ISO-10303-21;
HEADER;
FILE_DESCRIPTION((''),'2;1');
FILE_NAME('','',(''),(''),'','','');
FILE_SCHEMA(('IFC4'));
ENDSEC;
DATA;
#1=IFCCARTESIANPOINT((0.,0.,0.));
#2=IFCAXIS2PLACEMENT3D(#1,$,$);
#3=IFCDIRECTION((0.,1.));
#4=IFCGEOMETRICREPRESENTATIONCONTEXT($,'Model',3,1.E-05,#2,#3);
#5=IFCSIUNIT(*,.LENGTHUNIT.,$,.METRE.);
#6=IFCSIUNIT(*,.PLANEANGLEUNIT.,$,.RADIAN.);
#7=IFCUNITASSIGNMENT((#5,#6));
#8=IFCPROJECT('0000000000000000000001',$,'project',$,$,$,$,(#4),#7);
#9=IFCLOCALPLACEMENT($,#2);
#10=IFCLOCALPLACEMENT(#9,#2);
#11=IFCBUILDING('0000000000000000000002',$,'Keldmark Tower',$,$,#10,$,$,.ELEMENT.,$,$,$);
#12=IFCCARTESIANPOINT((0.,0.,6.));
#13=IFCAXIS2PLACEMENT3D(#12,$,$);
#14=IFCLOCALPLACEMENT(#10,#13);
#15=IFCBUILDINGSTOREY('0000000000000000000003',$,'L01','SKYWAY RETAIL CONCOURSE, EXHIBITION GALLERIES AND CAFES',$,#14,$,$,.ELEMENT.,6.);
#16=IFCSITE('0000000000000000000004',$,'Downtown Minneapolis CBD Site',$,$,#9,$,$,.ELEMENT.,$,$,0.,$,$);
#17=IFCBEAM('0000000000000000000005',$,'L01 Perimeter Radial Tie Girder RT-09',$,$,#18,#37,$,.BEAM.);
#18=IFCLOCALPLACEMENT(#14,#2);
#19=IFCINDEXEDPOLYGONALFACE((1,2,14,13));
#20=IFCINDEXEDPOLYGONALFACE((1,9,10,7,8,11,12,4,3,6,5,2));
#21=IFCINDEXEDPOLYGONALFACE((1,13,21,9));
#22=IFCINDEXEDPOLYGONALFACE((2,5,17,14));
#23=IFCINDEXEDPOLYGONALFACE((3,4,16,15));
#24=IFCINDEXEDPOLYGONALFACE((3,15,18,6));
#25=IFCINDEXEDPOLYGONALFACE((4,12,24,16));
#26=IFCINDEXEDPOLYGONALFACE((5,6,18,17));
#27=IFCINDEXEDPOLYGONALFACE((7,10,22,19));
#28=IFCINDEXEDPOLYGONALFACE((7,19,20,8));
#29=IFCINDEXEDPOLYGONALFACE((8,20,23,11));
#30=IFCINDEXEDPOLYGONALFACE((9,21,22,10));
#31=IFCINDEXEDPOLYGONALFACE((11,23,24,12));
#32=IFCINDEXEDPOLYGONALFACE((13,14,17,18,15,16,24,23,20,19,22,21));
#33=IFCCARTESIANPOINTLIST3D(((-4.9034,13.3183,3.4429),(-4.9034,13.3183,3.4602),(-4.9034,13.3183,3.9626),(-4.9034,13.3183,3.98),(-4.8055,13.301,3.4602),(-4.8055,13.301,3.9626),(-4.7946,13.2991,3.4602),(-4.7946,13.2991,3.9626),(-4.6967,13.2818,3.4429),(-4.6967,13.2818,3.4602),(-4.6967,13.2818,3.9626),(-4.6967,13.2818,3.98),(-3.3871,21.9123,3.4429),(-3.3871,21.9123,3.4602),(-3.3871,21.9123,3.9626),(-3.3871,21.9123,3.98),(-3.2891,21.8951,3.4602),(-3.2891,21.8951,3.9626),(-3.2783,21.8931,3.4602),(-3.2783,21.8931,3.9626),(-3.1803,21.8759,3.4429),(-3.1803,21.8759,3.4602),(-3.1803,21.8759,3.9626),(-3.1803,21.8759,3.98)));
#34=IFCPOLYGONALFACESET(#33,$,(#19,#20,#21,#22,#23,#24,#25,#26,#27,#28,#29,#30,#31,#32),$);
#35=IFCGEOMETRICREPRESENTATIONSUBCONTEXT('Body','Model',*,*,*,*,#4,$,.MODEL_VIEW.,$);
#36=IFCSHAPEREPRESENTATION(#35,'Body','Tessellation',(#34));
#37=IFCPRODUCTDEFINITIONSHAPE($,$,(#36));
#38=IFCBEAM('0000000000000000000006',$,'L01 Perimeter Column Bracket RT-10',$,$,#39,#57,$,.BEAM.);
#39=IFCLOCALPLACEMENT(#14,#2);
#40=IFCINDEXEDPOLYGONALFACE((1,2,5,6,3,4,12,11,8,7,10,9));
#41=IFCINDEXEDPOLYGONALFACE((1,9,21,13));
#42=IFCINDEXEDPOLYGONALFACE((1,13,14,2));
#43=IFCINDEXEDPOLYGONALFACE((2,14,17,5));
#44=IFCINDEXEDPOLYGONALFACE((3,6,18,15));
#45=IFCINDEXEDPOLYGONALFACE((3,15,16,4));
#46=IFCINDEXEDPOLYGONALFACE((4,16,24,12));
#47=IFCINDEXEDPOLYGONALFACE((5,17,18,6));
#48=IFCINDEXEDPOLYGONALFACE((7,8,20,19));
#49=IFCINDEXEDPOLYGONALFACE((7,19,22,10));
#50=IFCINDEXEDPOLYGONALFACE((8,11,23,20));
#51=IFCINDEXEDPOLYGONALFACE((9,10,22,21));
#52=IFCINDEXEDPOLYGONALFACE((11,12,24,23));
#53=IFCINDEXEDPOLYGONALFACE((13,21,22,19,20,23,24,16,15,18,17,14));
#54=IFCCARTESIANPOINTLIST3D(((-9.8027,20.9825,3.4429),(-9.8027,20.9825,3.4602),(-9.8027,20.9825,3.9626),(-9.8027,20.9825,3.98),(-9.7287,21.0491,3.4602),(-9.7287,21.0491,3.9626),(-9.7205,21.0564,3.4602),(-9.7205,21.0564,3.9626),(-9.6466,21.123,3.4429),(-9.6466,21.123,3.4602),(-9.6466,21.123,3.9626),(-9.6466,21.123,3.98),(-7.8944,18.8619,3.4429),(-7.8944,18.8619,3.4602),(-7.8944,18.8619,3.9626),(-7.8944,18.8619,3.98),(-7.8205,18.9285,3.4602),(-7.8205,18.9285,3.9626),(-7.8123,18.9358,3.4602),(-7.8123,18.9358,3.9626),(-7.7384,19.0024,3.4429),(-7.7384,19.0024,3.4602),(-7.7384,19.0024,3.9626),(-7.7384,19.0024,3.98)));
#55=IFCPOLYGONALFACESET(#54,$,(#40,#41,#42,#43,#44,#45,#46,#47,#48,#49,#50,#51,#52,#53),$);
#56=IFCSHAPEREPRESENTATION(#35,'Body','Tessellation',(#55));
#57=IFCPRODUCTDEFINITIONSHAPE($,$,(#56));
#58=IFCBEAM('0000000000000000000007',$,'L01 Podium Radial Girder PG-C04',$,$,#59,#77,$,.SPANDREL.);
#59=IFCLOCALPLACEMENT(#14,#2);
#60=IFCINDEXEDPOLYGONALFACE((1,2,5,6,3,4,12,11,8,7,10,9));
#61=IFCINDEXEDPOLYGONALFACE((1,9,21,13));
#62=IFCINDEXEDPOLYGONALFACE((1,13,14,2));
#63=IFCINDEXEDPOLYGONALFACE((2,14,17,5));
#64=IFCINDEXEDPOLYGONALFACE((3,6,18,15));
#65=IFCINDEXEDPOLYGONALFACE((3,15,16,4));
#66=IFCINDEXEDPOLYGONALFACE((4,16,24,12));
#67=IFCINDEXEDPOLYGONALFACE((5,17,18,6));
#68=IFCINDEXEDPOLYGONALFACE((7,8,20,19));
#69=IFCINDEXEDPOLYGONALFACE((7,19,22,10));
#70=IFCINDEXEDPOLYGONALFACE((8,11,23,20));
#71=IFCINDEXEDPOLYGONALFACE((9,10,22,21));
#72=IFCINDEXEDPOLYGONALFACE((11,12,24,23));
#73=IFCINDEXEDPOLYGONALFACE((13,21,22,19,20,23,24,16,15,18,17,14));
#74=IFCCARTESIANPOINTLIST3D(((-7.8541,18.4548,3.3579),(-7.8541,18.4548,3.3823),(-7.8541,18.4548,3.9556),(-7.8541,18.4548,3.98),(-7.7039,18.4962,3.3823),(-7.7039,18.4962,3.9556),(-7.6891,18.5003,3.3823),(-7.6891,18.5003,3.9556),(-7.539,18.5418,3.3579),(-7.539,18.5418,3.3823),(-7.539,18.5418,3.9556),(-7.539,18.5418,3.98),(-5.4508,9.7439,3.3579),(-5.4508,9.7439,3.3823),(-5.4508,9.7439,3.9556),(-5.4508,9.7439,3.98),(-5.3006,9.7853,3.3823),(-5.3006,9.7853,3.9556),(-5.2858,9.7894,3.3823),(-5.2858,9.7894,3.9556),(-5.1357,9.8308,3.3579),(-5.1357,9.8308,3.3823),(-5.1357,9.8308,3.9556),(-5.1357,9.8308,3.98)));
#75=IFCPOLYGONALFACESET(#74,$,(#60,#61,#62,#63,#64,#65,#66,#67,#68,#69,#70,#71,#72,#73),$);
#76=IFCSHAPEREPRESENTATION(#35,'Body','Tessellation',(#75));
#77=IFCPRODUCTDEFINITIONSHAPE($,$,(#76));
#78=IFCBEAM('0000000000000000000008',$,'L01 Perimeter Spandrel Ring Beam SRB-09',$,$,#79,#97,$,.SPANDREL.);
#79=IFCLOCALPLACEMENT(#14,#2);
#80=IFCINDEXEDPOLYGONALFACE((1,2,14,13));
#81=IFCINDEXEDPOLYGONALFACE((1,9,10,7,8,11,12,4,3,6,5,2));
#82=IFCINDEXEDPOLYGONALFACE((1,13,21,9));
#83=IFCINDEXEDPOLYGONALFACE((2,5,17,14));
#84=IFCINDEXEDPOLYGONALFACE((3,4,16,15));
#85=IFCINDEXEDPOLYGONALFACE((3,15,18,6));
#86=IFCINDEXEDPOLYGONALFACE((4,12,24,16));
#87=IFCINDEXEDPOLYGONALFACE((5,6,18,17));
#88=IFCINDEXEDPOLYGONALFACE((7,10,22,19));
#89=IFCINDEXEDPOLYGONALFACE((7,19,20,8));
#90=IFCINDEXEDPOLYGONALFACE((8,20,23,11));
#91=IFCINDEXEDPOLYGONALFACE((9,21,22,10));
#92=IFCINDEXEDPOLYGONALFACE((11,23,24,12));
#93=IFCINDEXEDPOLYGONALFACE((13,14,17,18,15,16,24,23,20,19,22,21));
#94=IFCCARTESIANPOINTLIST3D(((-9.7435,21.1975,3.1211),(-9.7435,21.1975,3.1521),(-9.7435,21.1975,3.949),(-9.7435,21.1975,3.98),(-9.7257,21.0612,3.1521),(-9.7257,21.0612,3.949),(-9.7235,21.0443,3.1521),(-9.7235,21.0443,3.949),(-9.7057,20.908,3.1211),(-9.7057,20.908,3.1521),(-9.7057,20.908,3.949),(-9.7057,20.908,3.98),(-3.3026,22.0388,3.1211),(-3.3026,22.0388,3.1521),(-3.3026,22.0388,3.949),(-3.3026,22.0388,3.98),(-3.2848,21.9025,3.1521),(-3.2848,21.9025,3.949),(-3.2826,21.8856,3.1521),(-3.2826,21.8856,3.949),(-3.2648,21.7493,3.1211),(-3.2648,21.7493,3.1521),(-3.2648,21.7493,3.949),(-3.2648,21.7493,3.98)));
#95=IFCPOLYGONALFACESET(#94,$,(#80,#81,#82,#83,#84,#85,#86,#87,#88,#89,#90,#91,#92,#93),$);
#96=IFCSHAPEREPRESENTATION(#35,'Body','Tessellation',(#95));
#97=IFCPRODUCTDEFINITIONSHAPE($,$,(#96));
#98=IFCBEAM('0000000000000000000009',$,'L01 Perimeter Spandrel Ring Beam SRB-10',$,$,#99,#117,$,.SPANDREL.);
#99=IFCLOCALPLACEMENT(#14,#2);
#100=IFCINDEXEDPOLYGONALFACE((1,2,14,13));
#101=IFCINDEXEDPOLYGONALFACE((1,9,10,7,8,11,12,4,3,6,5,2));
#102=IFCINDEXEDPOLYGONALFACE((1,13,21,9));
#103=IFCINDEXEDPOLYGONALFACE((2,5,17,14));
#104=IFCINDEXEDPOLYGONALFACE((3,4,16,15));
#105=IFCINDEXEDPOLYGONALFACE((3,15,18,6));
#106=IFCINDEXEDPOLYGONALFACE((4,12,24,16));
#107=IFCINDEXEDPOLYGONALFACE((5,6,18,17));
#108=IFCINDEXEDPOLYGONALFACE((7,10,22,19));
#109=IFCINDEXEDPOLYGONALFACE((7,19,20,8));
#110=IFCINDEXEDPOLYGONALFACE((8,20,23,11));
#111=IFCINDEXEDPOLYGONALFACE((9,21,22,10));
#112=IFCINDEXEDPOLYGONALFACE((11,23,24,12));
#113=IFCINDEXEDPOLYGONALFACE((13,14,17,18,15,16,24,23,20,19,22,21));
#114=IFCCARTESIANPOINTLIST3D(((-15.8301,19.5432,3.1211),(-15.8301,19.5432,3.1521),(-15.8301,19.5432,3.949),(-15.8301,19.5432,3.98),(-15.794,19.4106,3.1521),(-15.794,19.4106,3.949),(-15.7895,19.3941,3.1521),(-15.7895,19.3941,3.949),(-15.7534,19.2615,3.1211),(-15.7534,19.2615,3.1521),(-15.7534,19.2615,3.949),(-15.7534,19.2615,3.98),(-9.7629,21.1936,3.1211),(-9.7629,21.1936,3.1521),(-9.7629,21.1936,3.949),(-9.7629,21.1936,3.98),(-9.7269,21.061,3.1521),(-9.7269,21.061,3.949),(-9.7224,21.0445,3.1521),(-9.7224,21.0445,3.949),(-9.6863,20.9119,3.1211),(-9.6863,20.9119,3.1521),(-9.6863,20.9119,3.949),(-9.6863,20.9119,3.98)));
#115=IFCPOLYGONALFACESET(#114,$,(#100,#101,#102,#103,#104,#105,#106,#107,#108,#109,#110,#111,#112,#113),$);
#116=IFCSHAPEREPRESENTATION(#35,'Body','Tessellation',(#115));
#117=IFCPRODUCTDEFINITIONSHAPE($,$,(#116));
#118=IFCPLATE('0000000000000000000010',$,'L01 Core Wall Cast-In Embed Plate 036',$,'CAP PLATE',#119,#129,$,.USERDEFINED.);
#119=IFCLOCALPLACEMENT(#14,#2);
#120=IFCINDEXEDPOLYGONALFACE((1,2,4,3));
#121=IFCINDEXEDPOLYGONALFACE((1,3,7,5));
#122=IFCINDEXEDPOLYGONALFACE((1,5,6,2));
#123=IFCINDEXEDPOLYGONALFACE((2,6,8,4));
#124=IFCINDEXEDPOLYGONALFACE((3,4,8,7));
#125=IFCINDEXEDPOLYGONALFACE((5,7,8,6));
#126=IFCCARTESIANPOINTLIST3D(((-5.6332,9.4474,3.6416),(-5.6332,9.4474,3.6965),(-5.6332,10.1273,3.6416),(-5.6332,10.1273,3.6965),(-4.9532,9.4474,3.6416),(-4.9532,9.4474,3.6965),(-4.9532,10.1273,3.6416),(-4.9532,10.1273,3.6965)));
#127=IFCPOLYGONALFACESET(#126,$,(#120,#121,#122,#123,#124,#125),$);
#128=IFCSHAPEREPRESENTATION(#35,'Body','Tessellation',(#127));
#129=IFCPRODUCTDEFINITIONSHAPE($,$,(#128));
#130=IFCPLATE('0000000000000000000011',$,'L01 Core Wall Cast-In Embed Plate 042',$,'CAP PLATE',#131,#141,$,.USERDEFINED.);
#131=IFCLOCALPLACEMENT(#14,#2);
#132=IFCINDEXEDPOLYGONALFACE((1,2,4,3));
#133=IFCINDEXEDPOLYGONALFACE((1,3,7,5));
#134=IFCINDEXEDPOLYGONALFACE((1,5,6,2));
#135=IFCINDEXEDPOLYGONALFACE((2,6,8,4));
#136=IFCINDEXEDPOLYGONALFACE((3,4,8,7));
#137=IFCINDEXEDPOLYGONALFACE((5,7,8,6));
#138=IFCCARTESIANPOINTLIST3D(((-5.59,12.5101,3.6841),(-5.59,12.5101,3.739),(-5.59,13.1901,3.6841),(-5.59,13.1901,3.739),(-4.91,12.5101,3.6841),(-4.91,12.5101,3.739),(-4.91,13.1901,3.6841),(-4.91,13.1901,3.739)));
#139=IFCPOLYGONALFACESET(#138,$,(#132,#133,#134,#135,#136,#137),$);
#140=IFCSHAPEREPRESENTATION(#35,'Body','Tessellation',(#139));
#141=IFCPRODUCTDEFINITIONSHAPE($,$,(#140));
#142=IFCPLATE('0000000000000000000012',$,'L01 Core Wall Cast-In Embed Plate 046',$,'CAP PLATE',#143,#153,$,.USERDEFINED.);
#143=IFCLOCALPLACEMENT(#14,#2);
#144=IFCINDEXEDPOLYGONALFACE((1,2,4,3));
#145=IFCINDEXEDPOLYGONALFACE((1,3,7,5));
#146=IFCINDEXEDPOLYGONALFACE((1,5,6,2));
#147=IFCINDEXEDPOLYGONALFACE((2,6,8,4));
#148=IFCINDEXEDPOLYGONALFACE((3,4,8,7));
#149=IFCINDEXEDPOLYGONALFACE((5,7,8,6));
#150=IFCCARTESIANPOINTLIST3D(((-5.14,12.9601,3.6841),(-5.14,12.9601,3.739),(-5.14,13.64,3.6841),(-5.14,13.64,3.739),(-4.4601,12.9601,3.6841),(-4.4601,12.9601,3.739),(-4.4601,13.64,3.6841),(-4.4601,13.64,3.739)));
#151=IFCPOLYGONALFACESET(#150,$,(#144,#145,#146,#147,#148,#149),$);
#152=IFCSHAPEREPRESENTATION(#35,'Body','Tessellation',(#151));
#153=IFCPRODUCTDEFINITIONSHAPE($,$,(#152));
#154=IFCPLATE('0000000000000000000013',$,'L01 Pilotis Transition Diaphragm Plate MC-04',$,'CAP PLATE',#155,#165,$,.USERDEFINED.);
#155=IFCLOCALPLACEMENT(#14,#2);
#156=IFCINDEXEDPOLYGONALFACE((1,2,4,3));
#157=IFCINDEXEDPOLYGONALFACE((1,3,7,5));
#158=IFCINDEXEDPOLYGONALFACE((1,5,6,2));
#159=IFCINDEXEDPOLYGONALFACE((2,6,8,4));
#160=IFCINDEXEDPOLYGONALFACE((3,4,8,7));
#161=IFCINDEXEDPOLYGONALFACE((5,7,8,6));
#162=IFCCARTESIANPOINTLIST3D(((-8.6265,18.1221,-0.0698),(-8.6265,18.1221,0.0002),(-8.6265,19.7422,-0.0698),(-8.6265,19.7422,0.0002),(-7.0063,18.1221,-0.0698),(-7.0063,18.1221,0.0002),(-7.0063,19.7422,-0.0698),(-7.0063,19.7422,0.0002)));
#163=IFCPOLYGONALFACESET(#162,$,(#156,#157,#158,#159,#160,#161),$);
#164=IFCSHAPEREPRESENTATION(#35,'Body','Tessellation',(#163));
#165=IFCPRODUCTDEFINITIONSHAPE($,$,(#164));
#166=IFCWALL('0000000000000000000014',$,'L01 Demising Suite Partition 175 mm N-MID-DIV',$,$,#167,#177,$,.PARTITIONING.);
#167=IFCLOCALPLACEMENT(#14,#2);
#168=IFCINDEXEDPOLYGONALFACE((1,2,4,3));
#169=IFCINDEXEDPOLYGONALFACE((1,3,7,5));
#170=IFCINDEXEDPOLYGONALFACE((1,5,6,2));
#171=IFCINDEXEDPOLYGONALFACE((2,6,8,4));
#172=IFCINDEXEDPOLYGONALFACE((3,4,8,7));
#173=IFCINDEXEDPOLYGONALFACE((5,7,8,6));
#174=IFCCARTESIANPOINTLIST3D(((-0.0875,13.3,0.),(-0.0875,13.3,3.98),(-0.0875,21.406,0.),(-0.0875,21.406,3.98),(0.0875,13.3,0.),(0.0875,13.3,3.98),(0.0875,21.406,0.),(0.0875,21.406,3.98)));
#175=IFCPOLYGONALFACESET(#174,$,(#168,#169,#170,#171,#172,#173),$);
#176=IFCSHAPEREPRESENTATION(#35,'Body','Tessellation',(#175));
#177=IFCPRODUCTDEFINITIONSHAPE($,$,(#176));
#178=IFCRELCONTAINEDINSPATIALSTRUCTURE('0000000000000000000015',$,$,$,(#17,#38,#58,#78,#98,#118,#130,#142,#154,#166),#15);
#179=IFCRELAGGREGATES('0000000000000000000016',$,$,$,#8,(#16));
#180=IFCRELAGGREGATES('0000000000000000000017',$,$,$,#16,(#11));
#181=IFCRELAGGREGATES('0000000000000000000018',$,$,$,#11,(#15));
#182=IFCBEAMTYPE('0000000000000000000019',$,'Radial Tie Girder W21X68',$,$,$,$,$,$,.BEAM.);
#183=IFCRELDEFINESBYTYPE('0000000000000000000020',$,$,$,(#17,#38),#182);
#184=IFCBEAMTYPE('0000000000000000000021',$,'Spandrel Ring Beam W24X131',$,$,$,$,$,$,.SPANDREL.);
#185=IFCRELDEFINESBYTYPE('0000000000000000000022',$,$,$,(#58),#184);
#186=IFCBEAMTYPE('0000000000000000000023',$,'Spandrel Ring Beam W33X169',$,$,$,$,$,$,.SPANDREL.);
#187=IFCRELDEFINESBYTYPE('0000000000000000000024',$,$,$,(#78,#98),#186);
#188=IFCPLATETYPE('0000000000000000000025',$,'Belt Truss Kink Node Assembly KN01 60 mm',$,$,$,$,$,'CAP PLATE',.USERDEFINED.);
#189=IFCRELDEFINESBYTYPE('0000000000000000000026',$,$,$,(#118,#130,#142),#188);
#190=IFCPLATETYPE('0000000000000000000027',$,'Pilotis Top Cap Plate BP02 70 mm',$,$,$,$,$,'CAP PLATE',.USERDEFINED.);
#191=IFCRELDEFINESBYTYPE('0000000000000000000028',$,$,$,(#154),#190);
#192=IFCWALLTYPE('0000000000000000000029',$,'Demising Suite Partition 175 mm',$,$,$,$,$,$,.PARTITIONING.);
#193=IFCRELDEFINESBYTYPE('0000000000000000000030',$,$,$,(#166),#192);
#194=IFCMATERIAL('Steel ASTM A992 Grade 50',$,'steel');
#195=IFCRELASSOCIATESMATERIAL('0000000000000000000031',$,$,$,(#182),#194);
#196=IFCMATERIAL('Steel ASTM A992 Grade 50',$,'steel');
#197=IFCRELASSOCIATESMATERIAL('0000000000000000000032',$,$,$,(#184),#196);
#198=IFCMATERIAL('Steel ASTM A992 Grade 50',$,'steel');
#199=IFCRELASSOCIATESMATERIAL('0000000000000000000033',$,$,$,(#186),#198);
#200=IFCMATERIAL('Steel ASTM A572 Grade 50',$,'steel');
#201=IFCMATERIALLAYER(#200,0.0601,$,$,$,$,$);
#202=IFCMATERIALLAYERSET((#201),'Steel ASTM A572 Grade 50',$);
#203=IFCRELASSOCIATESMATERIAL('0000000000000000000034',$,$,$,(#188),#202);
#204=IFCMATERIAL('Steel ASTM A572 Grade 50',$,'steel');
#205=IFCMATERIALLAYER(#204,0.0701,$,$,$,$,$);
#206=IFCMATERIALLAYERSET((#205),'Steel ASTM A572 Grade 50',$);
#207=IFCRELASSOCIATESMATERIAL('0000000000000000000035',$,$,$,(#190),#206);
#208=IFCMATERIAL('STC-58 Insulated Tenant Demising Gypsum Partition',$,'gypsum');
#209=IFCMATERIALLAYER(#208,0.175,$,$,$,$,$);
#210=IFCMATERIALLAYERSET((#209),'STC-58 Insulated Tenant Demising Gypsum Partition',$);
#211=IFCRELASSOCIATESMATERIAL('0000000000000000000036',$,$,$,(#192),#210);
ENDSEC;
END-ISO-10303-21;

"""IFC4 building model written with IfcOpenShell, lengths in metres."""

from ifc_helpers import new_model, si_unit, direction, frame, frame_2d, origin, origin_2d, place, context, subcontext, project, spatial, rectangle, i_section, extrude, material, layer, layer_set, material_profile, profile_set, type_object, element, save


model = new_model("IFC4")

# Units and contexts
model_context = context("Model", 3, precision=1e-05, world=origin(), true_north=direction((0.0, 1.0)))
body_context = subcontext(model_context, "Body", "Model", "MODEL_VIEW")
ifc_project = project(units=[si_unit("LENGTHUNIT", "METRE"), si_unit("PLANEANGLEUNIT", "RADIAN")], contexts=[model_context])

# Site, building, storey
site_placement = place(None, origin())
site = spatial("IfcSite", under=ifc_project, at=site_placement, Name="Downtown Minneapolis CBD Site", CompositionType="ELEMENT", RefElevation=0.0)
building_placement = place(site_placement, origin())
building = spatial("IfcBuilding", under=site, at=building_placement, Name="Keldmark Tower", CompositionType="ELEMENT")
storey_placement = place(building_placement, frame((0.0, 0.0, 6.0)))
storey = spatial("IfcBuildingStorey", under=building, at=storey_placement, Name="L01", Description="SKYWAY RETAIL CONCOURSE, EXHIBITION GALLERIES AND CAFES", CompositionType="ELEMENT", Elevation=6.0)

# Beams
ifc_material_1 = material(Name="Steel ASTM A992 Grade 50", Category="steel")
ifc_material_profile_1 = material_profile(ifc_material_1, i_section(OverallWidth=0.21, OverallDepth=0.5371, WebThickness=0.011, FlangeThickness=0.0173, at=origin_2d()), Name="W21X68")
ifc_profile_set_1 = profile_set([ifc_material_profile_1], Name="Steel ASTM A992 Grade 50")
beam_type_1 = type_object("IfcBeamType", Name="Radial Tie Girder W21X68", PredefinedType="BEAM", material=ifc_profile_set_1)
beam_1_placement = place(storey_placement, frame((-4.8, 13.3, 3.7114), z_axis=(0.17376, 0.984788, 0.0), x_axis=(-0.984788, 0.17376, 0.0)))
element("IfcBeam", 1, at=beam_1_placement, inside=storey, type_object=beam_type_1, Name="L01 Perimeter Radial Tie Girder RT-09", PredefinedType="BEAM", context=body_context, shape_type="SweptSolid", body=[
    extrude(i_section(OverallWidth=0.21, OverallDepth=0.5371, WebThickness=0.011, FlangeThickness=0.0173, at=origin_2d()), origin(), (0.0, 0.0, 1.0), 8.7268),
])
beam_2_placement = place(storey_placement, frame((-7.8164, 18.9321, 3.7114), z_axis=(-0.668899, 0.743354, 0.0), x_axis=(-0.743354, -0.668899, 0.0)))
element("IfcBeam", 2, at=beam_2_placement, inside=storey, type_object=beam_type_1, Name="L01 Perimeter Column Bracket RT-10", PredefinedType="BEAM", context=body_context, shape_type="SweptSolid", body=[
    extrude(i_section(OverallWidth=0.21, OverallDepth=0.5371, WebThickness=0.011, FlangeThickness=0.0173, at=origin_2d()), origin(), (0.0, 0.0, 1.0), 2.8528),
])
ifc_material_2 = material(Name="Steel ASTM A992 Grade 50", Category="steel")
ifc_material_profile_2 = material_profile(ifc_material_2, i_section(OverallWidth=0.3269, OverallDepth=0.6221, WebThickness=0.0154, FlangeThickness=0.0244, at=origin_2d()), Name="W24X131")
ifc_profile_set_2 = profile_set([ifc_material_profile_2], Name="Steel ASTM A992 Grade 50")
beam_type_2 = type_object("IfcBeamType", Name="Spandrel Ring Beam W24X131", PredefinedType="SPANDREL", material=ifc_profile_set_2)
beam_3_placement = place(storey_placement, frame((-7.6965, 18.4983, 3.6689), z_axis=(0.26596, -0.963984, 0.0), x_axis=(0.963984, 0.26596, 0.0)))
element("IfcBeam", 3, at=beam_3_placement, inside=storey, type_object=beam_type_2, Name="L01 Podium Radial Girder PG-C04", PredefinedType="SPANDREL", context=body_context, shape_type="SweptSolid", body=[
    extrude(i_section(OverallWidth=0.3269, OverallDepth=0.6221, WebThickness=0.0154, FlangeThickness=0.0244, at=origin_2d()), origin(), (0.0, 0.0, 1.0), 9.0364),
])
ifc_material_3 = material(Name="Steel ASTM A992 Grade 50", Category="steel")
ifc_material_profile_3 = material_profile(ifc_material_3, i_section(OverallWidth=0.292, OverallDepth=0.8589, WebThickness=0.0171, FlangeThickness=0.031, at=origin_2d()), Name="W33X169")
ifc_profile_set_3 = profile_set([ifc_material_profile_3], Name="Steel ASTM A992 Grade 50")
beam_type_3 = type_object("IfcBeamType", Name="Spandrel Ring Beam W33X169", PredefinedType="SPANDREL", material=ifc_profile_set_3)
beam_4_placement = place(storey_placement, frame((-3.2837, 21.894, 3.5505), z_axis=(-0.991577, -0.129519, 0.0), x_axis=(0.129519, -0.991577, 0.0)))
element("IfcBeam", 4, at=beam_4_placement, inside=storey, type_object=beam_type_3, Name="L01 Perimeter Spandrel Ring Beam SRB-09", PredefinedType="SPANDREL", context=body_context, shape_type="SweptSolid", body=[
    extrude(i_section(OverallWidth=0.292, OverallDepth=0.8589, WebThickness=0.0171, FlangeThickness=0.031, at=origin_2d()), origin(), (0.0, 0.0, 1.0), 6.4956),
])
beam_5_placement = place(storey_placement, frame((-9.7246, 21.0527, 3.5505), z_axis=(-0.964937, -0.262483, 0.0), x_axis=(0.262483, -0.964937, 0.0)))
element("IfcBeam", 5, at=beam_5_placement, inside=storey, type_object=beam_type_3, Name="L01 Perimeter Spandrel Ring Beam SRB-10", PredefinedType="SPANDREL", context=body_context, shape_type="SweptSolid", body=[
    extrude(i_section(OverallWidth=0.292, OverallDepth=0.8589, WebThickness=0.0171, FlangeThickness=0.031, at=origin_2d()), origin(), (0.0, 0.0, 1.0), 6.2876),
])

# Plates
ifc_material_4 = material(Name="Steel ASTM A572 Grade 50", Category="steel")
ifc_layer_1 = layer(ifc_material_4, 0.0601)
ifc_layer_set_1 = layer_set([ifc_layer_1], Name="Steel ASTM A572 Grade 50")
plate_type_1 = type_object("IfcPlateType", Name="Belt Truss Kink Node Assembly KN01 60 mm", ElementType="CAP PLATE", PredefinedType="USERDEFINED", material=ifc_layer_set_1)
for number, where, z_axis, x_axis, name in (
    (6, (-5.2932, 9.7874, 3.6416), (0.0, 0.0, 1.0), (1.0, 0.0, 0.0), "L01 Core Wall Cast-In Embed Plate 036"),
    (7, (-5.25, 12.8501, 3.6841), (0.0, 0.0, 1.0), (1.0, 0.0, 0.0), "L01 Core Wall Cast-In Embed Plate 042"),
    (8, (-4.8, 13.3, 3.6841), (0.0, 0.0, 1.0), (1.0, 0.0, 0.0), "L01 Core Wall Cast-In Embed Plate 046"),
):
    element("IfcPlate", number, at=place(storey_placement, frame(where, z_axis=z_axis, x_axis=x_axis)), inside=storey, type_object=plate_type_1, Name=name, ObjectType="CAP PLATE", PredefinedType="USERDEFINED", context=body_context, shape_type="SweptSolid", body=[
        extrude(rectangle(XDim=0.6799, YDim=0.6799, at=origin_2d()), origin(), (0.0, 0.0, 1.0), 0.0549),
    ])
ifc_material_5 = material(Name="Steel ASTM A572 Grade 50", Category="steel")
ifc_layer_2 = layer(ifc_material_5, 0.0701)
ifc_layer_set_2 = layer_set([ifc_layer_2], Name="Steel ASTM A572 Grade 50")
plate_type_2 = type_object("IfcPlateType", Name="Pilotis Top Cap Plate BP02 70 mm", ElementType="CAP PLATE", PredefinedType="USERDEFINED", material=ifc_layer_set_2)
plate_placement = place(storey_placement, frame((-7.8164, 18.9321, -0.0698), z_axis=(0.0, 0.0, 1.0), x_axis=(1.0, 0.0, 0.0)))
element("IfcPlate", 9, at=plate_placement, inside=storey, type_object=plate_type_2, Name="L01 Pilotis Transition Diaphragm Plate MC-04", ObjectType="CAP PLATE", PredefinedType="USERDEFINED", context=body_context, shape_type="SweptSolid", body=[
    extrude(rectangle(XDim=1.6201, YDim=1.6201, at=origin_2d()), origin(), (0.0, 0.0, 1.0), 0.0701),
])

# Wall
ifc_material_6 = material(Name="STC-58 Insulated Tenant Demising Gypsum Partition", Category="gypsum")
ifc_layer_3 = layer(ifc_material_6, 0.175)
ifc_layer_set_3 = layer_set([ifc_layer_3], Name="STC-58 Insulated Tenant Demising Gypsum Partition")
wall_type_1 = type_object("IfcWallType", Name="Demising Suite Partition 175 mm", PredefinedType="PARTITIONING", material=ifc_layer_set_3)
wall_1_placement = place(storey_placement, frame((0.0, 13.3, 0.0), z_axis=(0.0, 0.0, 1.0), x_axis=(0.0, 1.0, 0.0)))
element("IfcWall", 10, at=wall_1_placement, inside=storey, type_object=wall_type_1, Name="L01 Demising Suite Partition 175 mm N-MID-DIV", PredefinedType="PARTITIONING", context=body_context, shape_type="SweptSolid", body=[
    extrude(rectangle(XDim=8.106, YDim=0.175, at=frame_2d((4.053, 0.0))), origin(), (0.0, 0.0, 1.0), 3.98),
])

save(model, "model.ifc")
